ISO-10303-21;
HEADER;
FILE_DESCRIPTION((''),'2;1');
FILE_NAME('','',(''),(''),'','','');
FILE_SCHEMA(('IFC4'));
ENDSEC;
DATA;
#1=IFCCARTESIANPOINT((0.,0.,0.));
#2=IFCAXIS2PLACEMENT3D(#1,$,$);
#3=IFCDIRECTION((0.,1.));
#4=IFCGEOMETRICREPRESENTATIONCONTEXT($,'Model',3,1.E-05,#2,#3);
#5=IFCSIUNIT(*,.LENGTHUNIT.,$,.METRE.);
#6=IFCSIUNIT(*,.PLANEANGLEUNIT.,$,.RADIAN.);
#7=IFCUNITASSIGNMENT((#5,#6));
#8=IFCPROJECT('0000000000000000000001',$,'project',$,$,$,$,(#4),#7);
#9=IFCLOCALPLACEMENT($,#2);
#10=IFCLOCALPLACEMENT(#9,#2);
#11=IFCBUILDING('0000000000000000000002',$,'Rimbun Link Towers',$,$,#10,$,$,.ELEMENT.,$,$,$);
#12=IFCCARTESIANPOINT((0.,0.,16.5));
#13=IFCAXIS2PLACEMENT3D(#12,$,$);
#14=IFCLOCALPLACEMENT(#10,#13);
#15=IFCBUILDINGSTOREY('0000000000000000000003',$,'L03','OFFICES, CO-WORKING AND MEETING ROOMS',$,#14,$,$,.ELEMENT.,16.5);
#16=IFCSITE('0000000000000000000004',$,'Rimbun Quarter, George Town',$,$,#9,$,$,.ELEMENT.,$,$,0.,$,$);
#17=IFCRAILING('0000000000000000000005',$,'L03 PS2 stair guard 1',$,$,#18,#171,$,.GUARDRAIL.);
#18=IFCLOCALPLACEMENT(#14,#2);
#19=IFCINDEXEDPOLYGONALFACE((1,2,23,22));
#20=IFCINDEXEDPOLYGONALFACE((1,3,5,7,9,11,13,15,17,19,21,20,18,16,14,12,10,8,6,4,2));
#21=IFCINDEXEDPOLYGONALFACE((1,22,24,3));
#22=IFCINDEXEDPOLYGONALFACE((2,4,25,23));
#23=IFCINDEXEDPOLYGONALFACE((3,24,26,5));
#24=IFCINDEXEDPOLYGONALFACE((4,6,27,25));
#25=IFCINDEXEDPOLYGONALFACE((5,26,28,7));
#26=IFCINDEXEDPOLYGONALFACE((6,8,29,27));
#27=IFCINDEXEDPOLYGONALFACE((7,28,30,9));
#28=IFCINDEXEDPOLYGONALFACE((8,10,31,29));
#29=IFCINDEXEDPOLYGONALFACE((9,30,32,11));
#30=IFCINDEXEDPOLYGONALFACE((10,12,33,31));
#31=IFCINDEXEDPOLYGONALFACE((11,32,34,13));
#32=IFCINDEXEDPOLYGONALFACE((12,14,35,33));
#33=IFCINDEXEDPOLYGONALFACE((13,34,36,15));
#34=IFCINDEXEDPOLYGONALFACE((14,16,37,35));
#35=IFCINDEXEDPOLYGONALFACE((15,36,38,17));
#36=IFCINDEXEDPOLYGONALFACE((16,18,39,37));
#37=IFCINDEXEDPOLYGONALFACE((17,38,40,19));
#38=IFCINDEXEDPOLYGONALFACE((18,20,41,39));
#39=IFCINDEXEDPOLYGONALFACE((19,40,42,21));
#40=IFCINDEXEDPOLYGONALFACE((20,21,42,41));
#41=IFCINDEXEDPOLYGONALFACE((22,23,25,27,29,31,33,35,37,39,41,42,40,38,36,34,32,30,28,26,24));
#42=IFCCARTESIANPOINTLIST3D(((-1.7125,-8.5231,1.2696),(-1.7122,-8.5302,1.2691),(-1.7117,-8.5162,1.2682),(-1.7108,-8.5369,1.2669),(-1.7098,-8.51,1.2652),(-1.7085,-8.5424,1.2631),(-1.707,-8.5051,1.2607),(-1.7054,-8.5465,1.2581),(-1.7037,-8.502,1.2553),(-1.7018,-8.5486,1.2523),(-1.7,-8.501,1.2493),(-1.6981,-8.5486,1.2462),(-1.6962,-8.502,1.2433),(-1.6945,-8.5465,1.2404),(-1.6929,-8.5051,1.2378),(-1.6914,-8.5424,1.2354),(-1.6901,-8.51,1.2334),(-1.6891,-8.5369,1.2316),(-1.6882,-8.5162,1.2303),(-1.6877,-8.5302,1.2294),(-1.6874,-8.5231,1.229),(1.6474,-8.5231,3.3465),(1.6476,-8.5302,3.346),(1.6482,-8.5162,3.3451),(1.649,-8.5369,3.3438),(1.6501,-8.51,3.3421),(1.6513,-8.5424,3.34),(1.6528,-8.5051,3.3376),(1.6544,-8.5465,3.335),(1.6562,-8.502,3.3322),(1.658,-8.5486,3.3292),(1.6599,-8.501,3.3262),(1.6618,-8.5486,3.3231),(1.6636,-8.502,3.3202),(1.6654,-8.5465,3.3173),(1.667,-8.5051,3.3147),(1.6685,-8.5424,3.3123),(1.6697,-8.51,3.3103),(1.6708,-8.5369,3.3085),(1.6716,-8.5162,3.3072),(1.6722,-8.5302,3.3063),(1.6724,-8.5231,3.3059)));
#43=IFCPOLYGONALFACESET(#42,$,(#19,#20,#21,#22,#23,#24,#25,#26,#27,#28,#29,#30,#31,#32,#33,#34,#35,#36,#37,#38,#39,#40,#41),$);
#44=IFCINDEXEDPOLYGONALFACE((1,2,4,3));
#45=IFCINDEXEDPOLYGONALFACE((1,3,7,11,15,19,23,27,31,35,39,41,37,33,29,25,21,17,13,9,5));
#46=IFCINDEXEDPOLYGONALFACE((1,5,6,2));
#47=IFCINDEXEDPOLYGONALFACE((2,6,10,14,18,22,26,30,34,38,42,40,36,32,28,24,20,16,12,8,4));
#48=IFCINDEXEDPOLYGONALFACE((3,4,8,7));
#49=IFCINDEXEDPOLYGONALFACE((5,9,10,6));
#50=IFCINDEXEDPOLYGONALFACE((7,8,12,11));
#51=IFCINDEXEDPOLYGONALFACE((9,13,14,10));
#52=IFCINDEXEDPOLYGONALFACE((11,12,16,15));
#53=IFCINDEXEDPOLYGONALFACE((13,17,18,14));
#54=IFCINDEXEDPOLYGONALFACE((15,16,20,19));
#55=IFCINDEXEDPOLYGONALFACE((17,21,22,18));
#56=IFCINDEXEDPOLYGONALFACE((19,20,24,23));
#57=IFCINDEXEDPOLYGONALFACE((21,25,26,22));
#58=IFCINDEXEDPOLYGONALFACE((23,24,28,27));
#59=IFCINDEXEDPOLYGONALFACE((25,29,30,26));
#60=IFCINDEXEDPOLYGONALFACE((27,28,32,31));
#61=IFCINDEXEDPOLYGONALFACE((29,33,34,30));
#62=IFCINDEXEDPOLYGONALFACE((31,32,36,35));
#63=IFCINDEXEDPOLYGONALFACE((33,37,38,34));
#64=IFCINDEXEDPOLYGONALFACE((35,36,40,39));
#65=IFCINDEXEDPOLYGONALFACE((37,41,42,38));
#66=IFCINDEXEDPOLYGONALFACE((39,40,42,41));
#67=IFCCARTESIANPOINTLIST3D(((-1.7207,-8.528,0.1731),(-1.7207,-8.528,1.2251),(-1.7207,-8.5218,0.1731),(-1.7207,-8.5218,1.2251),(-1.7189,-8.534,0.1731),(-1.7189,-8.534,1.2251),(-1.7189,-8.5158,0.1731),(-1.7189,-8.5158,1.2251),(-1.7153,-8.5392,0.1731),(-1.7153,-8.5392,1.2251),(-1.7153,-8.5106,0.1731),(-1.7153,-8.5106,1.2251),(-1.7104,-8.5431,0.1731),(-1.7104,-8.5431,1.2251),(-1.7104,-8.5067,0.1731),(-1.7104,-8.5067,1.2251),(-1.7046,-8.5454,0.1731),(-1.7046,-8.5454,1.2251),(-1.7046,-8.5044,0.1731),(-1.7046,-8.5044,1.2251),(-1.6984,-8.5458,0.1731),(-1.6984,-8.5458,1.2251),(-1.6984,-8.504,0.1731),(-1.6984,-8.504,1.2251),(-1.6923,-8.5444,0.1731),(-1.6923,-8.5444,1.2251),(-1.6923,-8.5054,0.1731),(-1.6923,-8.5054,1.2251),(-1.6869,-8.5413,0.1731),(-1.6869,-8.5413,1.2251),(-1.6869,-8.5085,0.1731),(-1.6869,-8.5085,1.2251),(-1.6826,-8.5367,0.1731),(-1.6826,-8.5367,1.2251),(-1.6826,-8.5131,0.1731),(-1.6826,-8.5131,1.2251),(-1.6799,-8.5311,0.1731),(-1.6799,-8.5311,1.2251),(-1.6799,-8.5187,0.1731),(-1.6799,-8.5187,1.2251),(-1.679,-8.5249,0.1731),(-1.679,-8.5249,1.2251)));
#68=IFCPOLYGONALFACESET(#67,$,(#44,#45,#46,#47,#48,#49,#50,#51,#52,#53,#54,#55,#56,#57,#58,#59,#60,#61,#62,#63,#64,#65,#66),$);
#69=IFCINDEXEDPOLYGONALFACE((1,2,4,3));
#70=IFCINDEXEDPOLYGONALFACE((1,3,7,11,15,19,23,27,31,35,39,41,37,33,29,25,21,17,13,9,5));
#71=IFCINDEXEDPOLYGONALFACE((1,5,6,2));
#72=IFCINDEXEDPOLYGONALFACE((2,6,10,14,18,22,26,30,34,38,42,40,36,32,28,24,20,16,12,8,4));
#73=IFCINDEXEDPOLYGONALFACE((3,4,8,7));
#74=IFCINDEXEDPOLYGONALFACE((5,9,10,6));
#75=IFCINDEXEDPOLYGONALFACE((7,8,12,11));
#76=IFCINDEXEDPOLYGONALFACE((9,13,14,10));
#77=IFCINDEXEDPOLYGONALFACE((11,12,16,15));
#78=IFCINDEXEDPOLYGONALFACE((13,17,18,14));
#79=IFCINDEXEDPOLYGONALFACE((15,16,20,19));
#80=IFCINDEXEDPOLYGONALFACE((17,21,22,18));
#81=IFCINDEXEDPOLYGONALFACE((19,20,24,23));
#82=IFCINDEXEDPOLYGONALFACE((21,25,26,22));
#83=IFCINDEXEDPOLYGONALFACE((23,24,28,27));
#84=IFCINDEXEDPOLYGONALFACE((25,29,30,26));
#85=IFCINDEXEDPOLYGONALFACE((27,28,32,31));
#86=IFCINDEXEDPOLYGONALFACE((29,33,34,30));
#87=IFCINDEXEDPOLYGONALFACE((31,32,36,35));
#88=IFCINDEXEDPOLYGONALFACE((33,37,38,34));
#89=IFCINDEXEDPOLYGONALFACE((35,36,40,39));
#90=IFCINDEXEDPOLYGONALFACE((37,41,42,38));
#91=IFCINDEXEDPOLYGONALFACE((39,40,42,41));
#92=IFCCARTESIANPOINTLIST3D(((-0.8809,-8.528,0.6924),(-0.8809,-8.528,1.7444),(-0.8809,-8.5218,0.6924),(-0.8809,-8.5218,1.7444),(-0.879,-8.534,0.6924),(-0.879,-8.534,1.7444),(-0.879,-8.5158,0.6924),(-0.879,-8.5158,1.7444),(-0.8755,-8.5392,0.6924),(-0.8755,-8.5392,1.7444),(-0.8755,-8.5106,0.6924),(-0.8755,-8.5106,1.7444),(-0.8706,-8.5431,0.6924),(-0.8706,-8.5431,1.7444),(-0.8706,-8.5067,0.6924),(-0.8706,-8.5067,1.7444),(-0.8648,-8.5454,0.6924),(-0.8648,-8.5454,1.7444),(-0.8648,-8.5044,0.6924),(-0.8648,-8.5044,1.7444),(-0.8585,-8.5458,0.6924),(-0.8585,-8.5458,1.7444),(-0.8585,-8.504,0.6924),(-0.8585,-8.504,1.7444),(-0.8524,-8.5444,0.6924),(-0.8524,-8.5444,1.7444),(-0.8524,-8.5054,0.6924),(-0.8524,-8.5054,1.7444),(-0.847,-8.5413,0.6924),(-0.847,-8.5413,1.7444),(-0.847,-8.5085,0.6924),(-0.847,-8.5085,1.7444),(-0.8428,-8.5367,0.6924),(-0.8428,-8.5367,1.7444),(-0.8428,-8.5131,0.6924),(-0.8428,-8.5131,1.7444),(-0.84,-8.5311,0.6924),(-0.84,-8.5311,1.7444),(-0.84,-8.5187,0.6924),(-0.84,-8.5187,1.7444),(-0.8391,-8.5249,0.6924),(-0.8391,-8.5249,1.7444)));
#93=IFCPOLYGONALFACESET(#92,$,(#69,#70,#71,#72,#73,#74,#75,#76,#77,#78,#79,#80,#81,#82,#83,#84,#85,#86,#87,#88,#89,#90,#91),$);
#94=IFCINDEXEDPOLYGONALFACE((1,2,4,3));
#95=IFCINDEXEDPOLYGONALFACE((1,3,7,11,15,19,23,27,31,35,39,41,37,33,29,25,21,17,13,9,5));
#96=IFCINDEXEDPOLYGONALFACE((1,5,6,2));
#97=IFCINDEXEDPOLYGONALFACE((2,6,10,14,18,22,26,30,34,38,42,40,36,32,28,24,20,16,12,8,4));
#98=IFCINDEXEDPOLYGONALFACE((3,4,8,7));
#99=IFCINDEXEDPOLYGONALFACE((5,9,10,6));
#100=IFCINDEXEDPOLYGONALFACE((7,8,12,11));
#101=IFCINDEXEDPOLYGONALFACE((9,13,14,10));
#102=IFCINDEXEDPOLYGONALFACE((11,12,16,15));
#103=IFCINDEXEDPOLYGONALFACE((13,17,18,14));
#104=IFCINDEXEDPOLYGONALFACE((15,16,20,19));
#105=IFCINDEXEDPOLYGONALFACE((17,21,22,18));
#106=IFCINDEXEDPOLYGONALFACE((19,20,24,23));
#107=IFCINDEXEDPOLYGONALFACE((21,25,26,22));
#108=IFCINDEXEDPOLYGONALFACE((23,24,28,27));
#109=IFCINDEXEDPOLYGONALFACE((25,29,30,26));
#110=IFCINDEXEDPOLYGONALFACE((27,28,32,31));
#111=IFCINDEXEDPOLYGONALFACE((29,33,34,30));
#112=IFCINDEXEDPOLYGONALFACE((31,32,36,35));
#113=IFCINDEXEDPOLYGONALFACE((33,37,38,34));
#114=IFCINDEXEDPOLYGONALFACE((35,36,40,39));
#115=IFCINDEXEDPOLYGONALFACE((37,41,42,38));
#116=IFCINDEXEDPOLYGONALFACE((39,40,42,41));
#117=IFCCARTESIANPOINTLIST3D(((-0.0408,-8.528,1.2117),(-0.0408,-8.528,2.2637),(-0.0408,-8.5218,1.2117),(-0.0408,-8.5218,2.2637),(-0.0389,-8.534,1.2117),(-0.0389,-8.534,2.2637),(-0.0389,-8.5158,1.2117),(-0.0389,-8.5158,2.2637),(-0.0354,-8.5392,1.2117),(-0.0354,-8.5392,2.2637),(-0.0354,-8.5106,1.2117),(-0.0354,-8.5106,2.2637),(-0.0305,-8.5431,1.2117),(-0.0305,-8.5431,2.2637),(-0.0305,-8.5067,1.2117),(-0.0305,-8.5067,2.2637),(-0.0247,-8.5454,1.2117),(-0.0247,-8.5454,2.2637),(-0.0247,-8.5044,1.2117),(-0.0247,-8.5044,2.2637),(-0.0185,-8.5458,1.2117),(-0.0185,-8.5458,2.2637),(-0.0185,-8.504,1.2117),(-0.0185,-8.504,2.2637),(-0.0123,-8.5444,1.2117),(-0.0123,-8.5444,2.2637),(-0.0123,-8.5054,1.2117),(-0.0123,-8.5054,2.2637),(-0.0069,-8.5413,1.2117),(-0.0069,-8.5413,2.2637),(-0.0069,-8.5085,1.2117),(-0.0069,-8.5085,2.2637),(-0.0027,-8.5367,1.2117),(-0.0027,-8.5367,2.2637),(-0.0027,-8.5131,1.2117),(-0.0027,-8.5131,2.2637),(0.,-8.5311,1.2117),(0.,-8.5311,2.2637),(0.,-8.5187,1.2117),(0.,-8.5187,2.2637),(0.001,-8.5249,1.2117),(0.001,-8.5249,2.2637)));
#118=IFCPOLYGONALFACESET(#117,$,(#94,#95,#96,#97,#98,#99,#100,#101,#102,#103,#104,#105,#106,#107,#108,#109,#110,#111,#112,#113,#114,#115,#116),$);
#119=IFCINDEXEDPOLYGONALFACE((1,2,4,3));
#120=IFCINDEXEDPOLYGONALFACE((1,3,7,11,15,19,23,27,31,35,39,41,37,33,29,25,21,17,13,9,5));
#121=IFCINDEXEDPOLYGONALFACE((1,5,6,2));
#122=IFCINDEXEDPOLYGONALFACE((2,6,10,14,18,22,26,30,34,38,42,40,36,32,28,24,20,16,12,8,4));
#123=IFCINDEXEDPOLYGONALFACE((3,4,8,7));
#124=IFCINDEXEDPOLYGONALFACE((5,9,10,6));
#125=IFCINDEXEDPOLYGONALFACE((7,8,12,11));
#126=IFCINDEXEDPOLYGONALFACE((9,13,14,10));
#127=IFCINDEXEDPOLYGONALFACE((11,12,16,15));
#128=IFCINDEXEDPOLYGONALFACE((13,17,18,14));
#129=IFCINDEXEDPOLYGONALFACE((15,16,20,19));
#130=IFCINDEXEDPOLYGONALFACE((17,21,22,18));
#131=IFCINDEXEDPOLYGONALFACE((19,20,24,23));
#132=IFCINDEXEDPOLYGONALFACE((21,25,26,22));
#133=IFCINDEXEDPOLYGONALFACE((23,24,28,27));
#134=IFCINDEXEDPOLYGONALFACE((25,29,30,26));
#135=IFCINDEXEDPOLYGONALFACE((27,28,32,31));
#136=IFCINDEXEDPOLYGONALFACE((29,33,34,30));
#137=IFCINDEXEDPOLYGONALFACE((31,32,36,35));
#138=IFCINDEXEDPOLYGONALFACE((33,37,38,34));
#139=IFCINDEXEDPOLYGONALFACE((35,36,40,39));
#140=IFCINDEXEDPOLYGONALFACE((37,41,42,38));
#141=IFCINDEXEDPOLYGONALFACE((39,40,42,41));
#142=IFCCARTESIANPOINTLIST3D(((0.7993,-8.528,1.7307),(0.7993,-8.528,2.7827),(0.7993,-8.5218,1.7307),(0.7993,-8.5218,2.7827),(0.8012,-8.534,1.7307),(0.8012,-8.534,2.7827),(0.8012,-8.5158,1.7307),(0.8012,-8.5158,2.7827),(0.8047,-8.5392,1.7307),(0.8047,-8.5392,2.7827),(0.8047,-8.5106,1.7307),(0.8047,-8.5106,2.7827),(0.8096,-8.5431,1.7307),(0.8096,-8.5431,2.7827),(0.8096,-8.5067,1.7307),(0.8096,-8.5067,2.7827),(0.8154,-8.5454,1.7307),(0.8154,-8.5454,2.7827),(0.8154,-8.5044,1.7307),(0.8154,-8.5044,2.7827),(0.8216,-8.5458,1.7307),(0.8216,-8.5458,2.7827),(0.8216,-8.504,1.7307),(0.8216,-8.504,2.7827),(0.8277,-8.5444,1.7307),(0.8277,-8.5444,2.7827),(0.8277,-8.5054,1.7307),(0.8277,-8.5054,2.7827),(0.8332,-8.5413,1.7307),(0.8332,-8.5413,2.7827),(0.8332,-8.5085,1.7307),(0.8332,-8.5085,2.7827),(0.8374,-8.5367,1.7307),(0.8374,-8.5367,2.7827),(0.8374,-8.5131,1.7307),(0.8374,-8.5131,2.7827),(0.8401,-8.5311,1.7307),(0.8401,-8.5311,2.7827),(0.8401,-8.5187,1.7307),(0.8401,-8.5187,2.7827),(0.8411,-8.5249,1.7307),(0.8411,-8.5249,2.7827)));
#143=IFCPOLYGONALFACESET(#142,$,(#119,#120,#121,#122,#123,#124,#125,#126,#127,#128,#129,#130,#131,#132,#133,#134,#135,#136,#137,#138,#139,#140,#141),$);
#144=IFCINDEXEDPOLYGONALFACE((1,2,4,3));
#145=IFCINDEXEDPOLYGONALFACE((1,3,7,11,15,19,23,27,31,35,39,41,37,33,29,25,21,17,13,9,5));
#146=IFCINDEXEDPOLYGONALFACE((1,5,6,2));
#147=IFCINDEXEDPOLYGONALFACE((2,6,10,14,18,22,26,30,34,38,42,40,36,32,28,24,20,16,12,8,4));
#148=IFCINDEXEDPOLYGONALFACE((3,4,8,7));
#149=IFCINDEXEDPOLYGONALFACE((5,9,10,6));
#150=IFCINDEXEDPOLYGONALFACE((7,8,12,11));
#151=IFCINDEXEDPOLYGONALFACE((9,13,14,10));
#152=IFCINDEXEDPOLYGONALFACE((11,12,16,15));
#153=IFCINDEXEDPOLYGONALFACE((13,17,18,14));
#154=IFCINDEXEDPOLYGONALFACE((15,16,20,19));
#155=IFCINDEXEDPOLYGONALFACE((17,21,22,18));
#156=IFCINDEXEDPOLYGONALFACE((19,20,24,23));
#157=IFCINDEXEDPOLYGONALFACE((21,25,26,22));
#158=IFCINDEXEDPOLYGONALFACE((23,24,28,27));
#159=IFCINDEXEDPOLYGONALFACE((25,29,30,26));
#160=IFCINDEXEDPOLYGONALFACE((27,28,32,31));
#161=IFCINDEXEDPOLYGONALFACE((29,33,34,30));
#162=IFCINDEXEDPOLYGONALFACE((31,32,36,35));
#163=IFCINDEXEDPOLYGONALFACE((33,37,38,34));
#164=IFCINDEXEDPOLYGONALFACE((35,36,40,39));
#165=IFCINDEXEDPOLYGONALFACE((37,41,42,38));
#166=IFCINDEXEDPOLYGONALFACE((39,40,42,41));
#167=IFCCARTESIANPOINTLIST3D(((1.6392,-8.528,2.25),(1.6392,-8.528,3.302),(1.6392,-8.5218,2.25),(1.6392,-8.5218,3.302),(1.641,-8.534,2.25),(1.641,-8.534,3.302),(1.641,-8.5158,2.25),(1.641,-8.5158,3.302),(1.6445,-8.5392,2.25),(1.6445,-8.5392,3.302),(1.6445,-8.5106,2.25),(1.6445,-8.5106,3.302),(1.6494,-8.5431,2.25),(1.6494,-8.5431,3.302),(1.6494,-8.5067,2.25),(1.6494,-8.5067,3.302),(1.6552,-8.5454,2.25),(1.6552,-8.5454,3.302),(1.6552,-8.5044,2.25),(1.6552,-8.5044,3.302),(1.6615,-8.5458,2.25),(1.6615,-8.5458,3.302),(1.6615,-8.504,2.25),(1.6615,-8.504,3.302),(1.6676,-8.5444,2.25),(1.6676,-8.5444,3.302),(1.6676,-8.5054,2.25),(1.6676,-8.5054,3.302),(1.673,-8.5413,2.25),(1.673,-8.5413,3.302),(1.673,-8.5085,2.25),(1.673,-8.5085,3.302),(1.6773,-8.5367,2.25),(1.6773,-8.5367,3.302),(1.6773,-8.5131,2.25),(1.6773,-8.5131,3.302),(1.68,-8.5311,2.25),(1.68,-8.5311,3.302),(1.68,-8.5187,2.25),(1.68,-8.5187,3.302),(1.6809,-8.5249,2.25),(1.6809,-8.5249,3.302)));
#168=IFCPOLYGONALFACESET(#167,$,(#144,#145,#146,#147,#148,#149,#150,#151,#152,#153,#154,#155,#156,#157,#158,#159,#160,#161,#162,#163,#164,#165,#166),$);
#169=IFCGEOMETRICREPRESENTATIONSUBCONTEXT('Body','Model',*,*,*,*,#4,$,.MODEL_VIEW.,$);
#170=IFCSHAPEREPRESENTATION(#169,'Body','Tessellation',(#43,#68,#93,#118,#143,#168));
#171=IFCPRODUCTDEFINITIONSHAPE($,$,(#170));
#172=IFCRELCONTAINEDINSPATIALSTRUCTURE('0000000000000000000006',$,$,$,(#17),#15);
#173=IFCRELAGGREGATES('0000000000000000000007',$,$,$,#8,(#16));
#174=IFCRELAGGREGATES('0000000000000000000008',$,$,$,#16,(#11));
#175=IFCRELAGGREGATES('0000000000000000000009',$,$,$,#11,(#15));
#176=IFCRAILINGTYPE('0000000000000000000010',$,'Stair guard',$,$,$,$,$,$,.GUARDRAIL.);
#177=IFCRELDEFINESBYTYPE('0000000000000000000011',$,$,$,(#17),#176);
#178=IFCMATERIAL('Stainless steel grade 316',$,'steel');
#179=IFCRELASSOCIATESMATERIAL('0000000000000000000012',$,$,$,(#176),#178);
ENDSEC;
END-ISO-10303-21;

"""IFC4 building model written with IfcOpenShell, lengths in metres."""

from ifc_helpers import new_model, si_unit, direction, frame, origin, origin_2d, place, context, subcontext, project, spatial, circle, extrude, material, type_object, element, save


model = new_model("IFC4")

# Units and contexts
model_context = context("Model", 3, precision=1e-05, world=origin(), true_north=direction((0.0, 1.0)))
body_context = subcontext(model_context, "Body", "Model", "MODEL_VIEW")
ifc_project = project(units=[si_unit("LENGTHUNIT", "METRE"), si_unit("PLANEANGLEUNIT", "RADIAN")], contexts=[model_context])

# Site, building, storey
site_placement = place(None, origin())
site = spatial("IfcSite", under=ifc_project, at=site_placement, Name="Rimbun Quarter, George Town", CompositionType="ELEMENT", RefElevation=0.0)
building_placement = place(site_placement, origin())
building = spatial("IfcBuilding", under=site, at=building_placement, Name="Rimbun Link Towers", CompositionType="ELEMENT")
storey_placement = place(building_placement, frame((0.0, 0.0, 16.5)))
storey = spatial("IfcBuildingStorey", under=building, at=storey_placement, Name="L03", Description="OFFICES, CO-WORKING AND MEETING ROOMS", CompositionType="ELEMENT", Elevation=16.5)

# Railing
ifc_material_1 = material(Name="Stainless steel grade 316", Category="steel")
railing_type_1 = type_object("IfcRailingType", Name="Stair guard", PredefinedType="GUARDRAIL", material=ifc_material_1)
railing_1_placement = place(storey_placement, frame((-1.7, -8.5249, 0.1731)))
element("IfcRailing", 1, at=railing_1_placement, inside=storey, type_object=railing_type_1, Name="L03 PS2 stair guard 1", PredefinedType="GUARDRAIL", context=body_context, shape_type="SweptSolid", body=[
    extrude(circle(Radius=0.0239, at=origin_2d()), frame((0.0, 0.0, 1.0762), z_axis=(0.850606, 0.0, 0.525803), x_axis=(0.0, 1.0, 0.0)), (0.0, 0.0, 1.0), 3.95),
    extrude(circle(Radius=0.021, at=origin_2d()), origin(), (0.0, 0.0, 1.0), 1.052),
    extrude(circle(Radius=0.021, at=origin_2d()), frame((0.8398, 0.0, 0.5193)), (0.0, 0.0, 1.0), 1.052),
    extrude(circle(Radius=0.021, at=origin_2d()), frame((1.6799, 0.0, 1.0386)), (0.0, 0.0, 1.0), 1.052),
    extrude(circle(Radius=0.021, at=origin_2d()), frame((2.52, 0.0, 1.5576)), (0.0, 0.0, 1.0), 1.052),
    extrude(circle(Radius=0.021, at=origin_2d()), frame((3.3599, 0.0, 2.0769)), (0.0, 0.0, 1.0), 1.052),
])

save(model, "model.ifc")
